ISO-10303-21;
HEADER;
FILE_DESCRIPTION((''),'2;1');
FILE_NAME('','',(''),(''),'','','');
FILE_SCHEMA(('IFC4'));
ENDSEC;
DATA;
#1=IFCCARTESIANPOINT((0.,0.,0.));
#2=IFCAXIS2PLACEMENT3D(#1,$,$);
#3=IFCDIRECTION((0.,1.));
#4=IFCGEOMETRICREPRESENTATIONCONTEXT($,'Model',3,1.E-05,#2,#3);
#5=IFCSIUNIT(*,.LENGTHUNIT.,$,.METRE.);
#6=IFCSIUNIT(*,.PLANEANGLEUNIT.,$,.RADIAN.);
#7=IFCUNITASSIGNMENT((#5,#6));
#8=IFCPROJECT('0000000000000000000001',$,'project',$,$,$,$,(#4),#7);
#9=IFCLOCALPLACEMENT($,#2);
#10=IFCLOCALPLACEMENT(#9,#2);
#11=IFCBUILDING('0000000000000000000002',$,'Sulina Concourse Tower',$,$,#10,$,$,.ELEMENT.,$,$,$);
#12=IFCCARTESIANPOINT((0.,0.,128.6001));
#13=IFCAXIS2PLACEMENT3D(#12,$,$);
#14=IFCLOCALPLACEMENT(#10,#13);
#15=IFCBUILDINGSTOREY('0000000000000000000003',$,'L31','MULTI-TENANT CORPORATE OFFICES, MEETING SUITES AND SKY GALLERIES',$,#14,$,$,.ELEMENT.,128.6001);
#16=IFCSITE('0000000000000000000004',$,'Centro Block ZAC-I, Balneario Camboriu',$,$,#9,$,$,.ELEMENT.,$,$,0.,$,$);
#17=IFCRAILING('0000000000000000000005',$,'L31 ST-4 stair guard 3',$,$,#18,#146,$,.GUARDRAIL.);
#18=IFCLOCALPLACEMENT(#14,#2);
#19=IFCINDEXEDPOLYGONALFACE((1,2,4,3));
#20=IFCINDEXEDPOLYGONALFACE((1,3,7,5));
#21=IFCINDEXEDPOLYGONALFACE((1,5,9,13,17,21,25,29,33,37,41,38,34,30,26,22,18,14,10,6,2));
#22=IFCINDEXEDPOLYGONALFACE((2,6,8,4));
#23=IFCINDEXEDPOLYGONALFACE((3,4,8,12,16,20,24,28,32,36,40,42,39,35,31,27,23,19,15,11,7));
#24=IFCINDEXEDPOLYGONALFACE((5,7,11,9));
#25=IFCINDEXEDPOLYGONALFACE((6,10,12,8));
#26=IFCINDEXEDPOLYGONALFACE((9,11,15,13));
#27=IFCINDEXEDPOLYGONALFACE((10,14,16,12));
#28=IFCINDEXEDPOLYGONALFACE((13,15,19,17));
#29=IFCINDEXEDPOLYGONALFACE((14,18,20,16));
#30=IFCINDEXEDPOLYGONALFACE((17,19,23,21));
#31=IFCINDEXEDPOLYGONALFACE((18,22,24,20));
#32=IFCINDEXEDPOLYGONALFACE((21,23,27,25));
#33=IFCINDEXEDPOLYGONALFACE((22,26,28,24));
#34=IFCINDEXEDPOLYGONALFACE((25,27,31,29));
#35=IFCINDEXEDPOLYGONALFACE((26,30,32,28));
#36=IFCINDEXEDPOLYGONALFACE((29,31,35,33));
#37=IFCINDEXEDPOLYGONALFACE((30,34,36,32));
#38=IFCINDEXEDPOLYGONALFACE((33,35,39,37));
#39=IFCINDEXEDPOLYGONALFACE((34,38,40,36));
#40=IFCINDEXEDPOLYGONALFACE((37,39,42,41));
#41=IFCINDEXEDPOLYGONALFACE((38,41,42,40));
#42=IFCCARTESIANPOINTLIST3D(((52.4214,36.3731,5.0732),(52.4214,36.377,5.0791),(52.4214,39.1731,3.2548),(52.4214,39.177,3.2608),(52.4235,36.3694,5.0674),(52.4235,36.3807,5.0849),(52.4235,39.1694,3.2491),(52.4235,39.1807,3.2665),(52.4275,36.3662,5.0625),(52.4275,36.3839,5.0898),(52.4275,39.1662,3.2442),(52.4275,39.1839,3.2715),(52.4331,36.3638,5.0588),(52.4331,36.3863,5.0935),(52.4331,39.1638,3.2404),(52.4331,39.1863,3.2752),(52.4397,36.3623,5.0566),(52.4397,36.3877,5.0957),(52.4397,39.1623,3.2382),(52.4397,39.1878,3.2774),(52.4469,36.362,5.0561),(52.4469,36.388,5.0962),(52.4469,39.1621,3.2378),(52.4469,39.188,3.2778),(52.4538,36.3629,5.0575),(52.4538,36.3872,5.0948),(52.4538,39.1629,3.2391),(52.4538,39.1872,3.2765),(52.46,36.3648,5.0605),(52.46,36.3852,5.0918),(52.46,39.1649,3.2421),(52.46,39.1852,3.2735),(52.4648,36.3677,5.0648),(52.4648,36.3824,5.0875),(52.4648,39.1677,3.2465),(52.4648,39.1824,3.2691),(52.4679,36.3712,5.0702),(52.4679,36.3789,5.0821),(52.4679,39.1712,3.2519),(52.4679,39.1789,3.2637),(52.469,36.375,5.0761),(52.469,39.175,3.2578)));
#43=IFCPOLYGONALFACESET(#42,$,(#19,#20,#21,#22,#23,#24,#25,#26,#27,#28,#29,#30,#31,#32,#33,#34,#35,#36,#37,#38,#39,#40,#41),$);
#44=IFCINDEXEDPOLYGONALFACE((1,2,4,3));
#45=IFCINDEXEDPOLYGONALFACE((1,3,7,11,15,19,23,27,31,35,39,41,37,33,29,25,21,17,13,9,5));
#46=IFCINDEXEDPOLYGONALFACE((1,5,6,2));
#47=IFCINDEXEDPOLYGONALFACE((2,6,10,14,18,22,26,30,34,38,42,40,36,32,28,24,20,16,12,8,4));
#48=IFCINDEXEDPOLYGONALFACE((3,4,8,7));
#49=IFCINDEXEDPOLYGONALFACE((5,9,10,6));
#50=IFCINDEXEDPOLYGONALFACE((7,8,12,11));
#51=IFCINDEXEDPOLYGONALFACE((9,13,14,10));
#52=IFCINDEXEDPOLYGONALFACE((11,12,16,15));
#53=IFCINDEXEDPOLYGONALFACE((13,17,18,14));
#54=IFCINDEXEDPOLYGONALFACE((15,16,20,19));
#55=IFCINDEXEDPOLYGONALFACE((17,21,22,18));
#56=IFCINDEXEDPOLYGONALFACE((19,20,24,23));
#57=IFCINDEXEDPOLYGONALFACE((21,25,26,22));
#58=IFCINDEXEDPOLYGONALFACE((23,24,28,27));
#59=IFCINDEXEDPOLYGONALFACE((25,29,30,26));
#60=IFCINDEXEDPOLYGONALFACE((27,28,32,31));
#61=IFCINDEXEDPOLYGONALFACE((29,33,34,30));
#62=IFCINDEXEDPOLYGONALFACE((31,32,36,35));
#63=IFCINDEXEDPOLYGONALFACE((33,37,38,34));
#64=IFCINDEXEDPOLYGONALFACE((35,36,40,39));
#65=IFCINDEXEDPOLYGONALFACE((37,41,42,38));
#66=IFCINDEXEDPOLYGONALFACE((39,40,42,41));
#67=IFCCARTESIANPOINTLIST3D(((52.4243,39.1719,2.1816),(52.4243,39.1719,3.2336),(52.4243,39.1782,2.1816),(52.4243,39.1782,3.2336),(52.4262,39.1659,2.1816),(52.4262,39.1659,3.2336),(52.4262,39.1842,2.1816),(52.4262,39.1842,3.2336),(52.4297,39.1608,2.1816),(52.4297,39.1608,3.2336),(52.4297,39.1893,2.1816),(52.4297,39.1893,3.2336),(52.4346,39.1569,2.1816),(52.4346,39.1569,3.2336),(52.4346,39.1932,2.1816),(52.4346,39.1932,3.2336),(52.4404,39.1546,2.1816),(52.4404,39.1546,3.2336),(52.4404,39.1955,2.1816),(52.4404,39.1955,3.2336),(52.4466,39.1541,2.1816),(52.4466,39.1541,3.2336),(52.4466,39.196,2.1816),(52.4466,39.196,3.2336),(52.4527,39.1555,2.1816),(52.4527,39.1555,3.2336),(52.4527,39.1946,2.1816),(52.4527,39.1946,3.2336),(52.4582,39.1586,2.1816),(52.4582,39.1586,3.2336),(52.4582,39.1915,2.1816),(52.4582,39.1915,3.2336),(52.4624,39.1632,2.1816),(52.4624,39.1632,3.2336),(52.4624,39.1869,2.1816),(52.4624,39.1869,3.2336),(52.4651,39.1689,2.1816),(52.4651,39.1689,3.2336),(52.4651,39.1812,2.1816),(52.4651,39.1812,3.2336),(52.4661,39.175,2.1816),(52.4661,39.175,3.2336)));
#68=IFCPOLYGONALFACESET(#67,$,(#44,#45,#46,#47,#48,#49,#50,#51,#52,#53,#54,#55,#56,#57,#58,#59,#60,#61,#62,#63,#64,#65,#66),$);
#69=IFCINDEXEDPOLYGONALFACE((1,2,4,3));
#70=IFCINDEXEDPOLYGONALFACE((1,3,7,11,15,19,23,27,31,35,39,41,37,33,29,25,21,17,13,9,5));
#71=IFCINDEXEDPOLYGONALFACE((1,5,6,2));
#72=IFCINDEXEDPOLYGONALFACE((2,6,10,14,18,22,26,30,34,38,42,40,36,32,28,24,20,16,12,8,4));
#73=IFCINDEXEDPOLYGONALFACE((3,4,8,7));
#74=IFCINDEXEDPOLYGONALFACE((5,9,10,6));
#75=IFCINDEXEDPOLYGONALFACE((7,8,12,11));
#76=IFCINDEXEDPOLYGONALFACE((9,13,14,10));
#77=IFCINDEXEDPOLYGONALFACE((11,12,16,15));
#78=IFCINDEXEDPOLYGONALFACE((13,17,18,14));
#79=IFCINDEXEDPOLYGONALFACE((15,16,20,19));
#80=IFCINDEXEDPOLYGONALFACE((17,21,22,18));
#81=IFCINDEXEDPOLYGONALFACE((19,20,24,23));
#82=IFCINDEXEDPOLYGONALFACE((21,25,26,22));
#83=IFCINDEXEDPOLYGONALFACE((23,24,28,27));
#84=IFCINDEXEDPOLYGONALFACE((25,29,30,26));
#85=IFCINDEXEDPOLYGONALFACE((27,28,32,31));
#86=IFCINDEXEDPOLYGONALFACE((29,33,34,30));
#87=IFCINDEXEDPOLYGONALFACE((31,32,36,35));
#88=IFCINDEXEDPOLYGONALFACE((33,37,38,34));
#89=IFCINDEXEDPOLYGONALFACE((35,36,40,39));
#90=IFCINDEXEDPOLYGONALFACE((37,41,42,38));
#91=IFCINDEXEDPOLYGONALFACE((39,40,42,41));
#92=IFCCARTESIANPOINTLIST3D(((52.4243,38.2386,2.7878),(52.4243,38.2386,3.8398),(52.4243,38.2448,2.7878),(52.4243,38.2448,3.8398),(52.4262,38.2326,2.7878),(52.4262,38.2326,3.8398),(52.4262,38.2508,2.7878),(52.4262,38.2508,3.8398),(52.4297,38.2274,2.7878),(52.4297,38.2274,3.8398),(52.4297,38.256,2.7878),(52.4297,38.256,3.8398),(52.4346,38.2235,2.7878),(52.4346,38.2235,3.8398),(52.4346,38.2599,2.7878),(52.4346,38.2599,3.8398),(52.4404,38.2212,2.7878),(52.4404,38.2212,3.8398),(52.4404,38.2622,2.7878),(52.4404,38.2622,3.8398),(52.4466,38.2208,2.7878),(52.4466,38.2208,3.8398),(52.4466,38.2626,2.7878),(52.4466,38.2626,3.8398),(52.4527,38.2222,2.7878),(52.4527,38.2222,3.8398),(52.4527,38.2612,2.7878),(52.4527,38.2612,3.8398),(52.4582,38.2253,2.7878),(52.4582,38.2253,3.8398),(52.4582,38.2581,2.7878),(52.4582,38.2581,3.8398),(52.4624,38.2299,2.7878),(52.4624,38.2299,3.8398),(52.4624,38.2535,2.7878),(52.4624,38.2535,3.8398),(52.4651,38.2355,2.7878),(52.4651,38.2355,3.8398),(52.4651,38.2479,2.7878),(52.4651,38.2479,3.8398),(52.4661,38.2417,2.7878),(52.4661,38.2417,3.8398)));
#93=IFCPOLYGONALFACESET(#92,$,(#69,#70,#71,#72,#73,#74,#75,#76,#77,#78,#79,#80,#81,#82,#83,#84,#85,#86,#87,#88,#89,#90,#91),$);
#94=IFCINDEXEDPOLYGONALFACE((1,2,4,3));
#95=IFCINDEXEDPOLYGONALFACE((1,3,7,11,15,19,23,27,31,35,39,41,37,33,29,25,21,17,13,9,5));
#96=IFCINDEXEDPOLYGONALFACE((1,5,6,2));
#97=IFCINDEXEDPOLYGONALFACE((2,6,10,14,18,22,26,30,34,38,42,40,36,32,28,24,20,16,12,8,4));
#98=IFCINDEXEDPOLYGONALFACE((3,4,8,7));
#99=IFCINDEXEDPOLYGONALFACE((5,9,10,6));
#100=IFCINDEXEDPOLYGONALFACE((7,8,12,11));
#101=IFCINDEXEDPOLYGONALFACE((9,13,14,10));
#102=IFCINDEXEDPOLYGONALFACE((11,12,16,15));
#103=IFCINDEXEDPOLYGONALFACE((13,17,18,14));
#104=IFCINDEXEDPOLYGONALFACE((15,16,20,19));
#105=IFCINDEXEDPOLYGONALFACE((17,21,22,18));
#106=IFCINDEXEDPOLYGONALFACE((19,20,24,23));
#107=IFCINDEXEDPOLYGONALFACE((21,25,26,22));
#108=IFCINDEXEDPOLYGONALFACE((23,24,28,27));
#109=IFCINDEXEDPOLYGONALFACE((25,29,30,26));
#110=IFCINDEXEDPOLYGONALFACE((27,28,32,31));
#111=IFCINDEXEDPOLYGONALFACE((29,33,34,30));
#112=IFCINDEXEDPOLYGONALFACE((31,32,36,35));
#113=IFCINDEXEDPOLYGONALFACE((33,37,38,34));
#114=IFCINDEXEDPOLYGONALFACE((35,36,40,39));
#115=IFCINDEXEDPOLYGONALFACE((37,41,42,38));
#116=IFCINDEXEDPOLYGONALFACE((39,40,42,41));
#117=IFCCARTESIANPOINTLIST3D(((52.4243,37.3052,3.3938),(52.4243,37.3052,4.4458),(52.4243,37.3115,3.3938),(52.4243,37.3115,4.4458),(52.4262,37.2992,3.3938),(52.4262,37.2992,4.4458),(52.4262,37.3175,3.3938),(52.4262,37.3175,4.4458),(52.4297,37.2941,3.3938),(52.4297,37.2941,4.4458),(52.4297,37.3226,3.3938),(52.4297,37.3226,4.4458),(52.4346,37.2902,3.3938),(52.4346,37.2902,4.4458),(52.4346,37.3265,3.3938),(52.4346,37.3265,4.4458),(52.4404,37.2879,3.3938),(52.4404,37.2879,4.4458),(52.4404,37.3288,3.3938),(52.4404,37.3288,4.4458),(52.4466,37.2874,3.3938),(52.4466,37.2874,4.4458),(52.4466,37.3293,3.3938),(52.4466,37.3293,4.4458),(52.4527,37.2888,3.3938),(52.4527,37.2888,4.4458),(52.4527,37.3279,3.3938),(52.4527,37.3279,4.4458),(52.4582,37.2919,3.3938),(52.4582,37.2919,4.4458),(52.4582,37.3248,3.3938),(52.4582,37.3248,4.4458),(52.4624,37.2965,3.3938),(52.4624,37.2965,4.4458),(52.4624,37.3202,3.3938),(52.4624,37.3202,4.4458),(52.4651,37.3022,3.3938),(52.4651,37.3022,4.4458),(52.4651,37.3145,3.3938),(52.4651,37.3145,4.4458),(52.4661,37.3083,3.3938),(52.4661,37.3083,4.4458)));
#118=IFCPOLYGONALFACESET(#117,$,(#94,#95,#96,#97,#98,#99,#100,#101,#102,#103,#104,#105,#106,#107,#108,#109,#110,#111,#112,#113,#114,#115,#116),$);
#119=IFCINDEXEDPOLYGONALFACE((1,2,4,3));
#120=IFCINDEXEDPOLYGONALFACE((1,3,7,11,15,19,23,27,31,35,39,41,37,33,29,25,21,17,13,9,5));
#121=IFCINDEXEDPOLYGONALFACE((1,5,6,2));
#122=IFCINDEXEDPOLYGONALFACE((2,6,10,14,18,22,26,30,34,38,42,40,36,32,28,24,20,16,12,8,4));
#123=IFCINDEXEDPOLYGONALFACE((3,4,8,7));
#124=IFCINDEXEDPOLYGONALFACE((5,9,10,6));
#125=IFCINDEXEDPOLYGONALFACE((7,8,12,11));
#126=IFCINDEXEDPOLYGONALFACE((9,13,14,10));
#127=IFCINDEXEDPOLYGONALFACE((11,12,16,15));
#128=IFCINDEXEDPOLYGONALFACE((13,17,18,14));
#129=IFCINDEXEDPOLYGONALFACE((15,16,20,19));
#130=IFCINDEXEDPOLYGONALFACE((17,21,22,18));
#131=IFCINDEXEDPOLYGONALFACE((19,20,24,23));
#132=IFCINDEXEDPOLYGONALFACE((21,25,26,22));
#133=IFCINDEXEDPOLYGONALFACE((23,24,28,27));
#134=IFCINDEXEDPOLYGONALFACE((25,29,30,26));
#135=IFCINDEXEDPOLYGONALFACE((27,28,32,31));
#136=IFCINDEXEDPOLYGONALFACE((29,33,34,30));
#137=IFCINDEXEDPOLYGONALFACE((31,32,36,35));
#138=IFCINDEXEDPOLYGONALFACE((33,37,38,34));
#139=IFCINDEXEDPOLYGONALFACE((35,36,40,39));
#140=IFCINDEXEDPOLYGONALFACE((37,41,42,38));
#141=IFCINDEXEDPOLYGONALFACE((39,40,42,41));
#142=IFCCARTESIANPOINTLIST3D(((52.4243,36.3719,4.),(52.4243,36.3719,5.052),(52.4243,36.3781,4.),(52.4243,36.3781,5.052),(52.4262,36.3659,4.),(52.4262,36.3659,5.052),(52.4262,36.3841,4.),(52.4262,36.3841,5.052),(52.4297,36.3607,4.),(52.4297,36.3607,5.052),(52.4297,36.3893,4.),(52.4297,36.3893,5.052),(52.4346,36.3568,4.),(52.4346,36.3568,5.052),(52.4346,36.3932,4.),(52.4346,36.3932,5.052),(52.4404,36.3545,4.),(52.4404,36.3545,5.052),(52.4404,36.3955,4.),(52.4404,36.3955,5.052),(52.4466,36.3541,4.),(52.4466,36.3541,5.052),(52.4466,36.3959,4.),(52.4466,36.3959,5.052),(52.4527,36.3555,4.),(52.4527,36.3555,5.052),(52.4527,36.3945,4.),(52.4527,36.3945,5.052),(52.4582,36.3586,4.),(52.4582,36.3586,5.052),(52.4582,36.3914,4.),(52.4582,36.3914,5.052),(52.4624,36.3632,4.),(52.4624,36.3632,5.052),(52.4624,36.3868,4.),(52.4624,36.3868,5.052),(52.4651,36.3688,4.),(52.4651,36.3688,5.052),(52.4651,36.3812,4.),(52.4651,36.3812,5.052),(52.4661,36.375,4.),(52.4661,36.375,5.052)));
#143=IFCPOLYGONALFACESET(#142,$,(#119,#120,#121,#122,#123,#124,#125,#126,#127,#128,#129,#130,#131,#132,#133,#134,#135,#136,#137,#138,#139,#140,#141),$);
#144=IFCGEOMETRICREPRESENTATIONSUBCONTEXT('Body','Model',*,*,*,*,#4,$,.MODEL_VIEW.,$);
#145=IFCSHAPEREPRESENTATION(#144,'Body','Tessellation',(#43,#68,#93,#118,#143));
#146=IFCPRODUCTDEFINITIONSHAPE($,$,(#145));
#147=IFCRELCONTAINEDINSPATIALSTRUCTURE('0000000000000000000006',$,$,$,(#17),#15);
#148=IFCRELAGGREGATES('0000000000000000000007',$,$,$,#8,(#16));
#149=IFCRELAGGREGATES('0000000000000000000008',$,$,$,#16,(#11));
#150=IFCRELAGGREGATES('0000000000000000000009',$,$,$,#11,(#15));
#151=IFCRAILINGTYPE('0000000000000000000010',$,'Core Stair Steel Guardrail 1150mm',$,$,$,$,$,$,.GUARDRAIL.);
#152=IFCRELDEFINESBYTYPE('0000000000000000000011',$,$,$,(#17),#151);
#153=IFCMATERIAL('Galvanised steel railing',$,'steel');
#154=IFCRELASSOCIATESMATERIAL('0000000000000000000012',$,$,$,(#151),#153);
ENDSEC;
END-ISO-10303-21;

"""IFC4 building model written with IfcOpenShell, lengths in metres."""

from ifc_helpers import new_model, si_unit, direction, frame, origin, origin_2d, place, context, subcontext, project, spatial, circle, extrude, material, type_object, element, save


model = new_model("IFC4")

# Units and contexts
model_context = context("Model", 3, precision=1e-05, world=origin(), true_north=direction((0.0, 1.0)))
body_context = subcontext(model_context, "Body", "Model", "MODEL_VIEW")
ifc_project = project(units=[si_unit("LENGTHUNIT", "METRE"), si_unit("PLANEANGLEUNIT", "RADIAN")], contexts=[model_context])

# Site, building, storey
site_placement = place(None, origin())
site = spatial("IfcSite", under=ifc_project, at=site_placement, Name="Centro Block ZAC-I, Balneario Camboriu", CompositionType="ELEMENT", RefElevation=0.0)
building_placement = place(site_placement, origin())
building = spatial("IfcBuilding", under=site, at=building_placement, Name="Sulina Concourse Tower", CompositionType="ELEMENT")
storey_placement = place(building_placement, frame((0.0, 0.0, 128.6001)))
storey = spatial("IfcBuildingStorey", under=building, at=storey_placement, Name="L31", Description="MULTI-TENANT CORPORATE OFFICES, MEETING SUITES AND SKY GALLERIES", CompositionType="ELEMENT", Elevation=128.6001)

# Railing
ifc_material_1 = material(Name="Galvanised steel railing", Category="steel")
railing_type_1 = type_object("IfcRailingType", Name="Core Stair Steel Guardrail 1150mm", PredefinedType="GUARDRAIL", material=ifc_material_1)
railing_1_placement = place(storey_placement, frame((52.4451, 39.175, 2.1816)))
element("IfcRailing", 1, at=railing_1_placement, inside=storey, type_object=railing_type_1, Name="L31 ST-4 stair guard 3", PredefinedType="GUARDRAIL", context=body_context, shape_type="SweptSolid", body=[
    extrude(circle(Radius=0.0239, at=origin_2d()), frame((0.0, 0.0, 1.0762), z_axis=(0.0, -0.838672, 0.544636), x_axis=(1.0, 0.0, 0.0)), (0.0, 0.0, 1.0), 3.3386),
    extrude(circle(Radius=0.021, at=origin_2d()), origin(), (0.0, 0.0, 1.0), 1.052),
    extrude(circle(Radius=0.021, at=origin_2d()), frame((0.0, -0.9333, 0.6062)), (0.0, 0.0, 1.0), 1.052),
    extrude(circle(Radius=0.021, at=origin_2d()), frame((0.0, -1.8667, 1.2122)), (0.0, 0.0, 1.0), 1.052),
    extrude(circle(Radius=0.021, at=origin_2d()), frame((0.0, -2.8, 1.8184)), (0.0, 0.0, 1.0), 1.052),
])

save(model, "model.ifc")
